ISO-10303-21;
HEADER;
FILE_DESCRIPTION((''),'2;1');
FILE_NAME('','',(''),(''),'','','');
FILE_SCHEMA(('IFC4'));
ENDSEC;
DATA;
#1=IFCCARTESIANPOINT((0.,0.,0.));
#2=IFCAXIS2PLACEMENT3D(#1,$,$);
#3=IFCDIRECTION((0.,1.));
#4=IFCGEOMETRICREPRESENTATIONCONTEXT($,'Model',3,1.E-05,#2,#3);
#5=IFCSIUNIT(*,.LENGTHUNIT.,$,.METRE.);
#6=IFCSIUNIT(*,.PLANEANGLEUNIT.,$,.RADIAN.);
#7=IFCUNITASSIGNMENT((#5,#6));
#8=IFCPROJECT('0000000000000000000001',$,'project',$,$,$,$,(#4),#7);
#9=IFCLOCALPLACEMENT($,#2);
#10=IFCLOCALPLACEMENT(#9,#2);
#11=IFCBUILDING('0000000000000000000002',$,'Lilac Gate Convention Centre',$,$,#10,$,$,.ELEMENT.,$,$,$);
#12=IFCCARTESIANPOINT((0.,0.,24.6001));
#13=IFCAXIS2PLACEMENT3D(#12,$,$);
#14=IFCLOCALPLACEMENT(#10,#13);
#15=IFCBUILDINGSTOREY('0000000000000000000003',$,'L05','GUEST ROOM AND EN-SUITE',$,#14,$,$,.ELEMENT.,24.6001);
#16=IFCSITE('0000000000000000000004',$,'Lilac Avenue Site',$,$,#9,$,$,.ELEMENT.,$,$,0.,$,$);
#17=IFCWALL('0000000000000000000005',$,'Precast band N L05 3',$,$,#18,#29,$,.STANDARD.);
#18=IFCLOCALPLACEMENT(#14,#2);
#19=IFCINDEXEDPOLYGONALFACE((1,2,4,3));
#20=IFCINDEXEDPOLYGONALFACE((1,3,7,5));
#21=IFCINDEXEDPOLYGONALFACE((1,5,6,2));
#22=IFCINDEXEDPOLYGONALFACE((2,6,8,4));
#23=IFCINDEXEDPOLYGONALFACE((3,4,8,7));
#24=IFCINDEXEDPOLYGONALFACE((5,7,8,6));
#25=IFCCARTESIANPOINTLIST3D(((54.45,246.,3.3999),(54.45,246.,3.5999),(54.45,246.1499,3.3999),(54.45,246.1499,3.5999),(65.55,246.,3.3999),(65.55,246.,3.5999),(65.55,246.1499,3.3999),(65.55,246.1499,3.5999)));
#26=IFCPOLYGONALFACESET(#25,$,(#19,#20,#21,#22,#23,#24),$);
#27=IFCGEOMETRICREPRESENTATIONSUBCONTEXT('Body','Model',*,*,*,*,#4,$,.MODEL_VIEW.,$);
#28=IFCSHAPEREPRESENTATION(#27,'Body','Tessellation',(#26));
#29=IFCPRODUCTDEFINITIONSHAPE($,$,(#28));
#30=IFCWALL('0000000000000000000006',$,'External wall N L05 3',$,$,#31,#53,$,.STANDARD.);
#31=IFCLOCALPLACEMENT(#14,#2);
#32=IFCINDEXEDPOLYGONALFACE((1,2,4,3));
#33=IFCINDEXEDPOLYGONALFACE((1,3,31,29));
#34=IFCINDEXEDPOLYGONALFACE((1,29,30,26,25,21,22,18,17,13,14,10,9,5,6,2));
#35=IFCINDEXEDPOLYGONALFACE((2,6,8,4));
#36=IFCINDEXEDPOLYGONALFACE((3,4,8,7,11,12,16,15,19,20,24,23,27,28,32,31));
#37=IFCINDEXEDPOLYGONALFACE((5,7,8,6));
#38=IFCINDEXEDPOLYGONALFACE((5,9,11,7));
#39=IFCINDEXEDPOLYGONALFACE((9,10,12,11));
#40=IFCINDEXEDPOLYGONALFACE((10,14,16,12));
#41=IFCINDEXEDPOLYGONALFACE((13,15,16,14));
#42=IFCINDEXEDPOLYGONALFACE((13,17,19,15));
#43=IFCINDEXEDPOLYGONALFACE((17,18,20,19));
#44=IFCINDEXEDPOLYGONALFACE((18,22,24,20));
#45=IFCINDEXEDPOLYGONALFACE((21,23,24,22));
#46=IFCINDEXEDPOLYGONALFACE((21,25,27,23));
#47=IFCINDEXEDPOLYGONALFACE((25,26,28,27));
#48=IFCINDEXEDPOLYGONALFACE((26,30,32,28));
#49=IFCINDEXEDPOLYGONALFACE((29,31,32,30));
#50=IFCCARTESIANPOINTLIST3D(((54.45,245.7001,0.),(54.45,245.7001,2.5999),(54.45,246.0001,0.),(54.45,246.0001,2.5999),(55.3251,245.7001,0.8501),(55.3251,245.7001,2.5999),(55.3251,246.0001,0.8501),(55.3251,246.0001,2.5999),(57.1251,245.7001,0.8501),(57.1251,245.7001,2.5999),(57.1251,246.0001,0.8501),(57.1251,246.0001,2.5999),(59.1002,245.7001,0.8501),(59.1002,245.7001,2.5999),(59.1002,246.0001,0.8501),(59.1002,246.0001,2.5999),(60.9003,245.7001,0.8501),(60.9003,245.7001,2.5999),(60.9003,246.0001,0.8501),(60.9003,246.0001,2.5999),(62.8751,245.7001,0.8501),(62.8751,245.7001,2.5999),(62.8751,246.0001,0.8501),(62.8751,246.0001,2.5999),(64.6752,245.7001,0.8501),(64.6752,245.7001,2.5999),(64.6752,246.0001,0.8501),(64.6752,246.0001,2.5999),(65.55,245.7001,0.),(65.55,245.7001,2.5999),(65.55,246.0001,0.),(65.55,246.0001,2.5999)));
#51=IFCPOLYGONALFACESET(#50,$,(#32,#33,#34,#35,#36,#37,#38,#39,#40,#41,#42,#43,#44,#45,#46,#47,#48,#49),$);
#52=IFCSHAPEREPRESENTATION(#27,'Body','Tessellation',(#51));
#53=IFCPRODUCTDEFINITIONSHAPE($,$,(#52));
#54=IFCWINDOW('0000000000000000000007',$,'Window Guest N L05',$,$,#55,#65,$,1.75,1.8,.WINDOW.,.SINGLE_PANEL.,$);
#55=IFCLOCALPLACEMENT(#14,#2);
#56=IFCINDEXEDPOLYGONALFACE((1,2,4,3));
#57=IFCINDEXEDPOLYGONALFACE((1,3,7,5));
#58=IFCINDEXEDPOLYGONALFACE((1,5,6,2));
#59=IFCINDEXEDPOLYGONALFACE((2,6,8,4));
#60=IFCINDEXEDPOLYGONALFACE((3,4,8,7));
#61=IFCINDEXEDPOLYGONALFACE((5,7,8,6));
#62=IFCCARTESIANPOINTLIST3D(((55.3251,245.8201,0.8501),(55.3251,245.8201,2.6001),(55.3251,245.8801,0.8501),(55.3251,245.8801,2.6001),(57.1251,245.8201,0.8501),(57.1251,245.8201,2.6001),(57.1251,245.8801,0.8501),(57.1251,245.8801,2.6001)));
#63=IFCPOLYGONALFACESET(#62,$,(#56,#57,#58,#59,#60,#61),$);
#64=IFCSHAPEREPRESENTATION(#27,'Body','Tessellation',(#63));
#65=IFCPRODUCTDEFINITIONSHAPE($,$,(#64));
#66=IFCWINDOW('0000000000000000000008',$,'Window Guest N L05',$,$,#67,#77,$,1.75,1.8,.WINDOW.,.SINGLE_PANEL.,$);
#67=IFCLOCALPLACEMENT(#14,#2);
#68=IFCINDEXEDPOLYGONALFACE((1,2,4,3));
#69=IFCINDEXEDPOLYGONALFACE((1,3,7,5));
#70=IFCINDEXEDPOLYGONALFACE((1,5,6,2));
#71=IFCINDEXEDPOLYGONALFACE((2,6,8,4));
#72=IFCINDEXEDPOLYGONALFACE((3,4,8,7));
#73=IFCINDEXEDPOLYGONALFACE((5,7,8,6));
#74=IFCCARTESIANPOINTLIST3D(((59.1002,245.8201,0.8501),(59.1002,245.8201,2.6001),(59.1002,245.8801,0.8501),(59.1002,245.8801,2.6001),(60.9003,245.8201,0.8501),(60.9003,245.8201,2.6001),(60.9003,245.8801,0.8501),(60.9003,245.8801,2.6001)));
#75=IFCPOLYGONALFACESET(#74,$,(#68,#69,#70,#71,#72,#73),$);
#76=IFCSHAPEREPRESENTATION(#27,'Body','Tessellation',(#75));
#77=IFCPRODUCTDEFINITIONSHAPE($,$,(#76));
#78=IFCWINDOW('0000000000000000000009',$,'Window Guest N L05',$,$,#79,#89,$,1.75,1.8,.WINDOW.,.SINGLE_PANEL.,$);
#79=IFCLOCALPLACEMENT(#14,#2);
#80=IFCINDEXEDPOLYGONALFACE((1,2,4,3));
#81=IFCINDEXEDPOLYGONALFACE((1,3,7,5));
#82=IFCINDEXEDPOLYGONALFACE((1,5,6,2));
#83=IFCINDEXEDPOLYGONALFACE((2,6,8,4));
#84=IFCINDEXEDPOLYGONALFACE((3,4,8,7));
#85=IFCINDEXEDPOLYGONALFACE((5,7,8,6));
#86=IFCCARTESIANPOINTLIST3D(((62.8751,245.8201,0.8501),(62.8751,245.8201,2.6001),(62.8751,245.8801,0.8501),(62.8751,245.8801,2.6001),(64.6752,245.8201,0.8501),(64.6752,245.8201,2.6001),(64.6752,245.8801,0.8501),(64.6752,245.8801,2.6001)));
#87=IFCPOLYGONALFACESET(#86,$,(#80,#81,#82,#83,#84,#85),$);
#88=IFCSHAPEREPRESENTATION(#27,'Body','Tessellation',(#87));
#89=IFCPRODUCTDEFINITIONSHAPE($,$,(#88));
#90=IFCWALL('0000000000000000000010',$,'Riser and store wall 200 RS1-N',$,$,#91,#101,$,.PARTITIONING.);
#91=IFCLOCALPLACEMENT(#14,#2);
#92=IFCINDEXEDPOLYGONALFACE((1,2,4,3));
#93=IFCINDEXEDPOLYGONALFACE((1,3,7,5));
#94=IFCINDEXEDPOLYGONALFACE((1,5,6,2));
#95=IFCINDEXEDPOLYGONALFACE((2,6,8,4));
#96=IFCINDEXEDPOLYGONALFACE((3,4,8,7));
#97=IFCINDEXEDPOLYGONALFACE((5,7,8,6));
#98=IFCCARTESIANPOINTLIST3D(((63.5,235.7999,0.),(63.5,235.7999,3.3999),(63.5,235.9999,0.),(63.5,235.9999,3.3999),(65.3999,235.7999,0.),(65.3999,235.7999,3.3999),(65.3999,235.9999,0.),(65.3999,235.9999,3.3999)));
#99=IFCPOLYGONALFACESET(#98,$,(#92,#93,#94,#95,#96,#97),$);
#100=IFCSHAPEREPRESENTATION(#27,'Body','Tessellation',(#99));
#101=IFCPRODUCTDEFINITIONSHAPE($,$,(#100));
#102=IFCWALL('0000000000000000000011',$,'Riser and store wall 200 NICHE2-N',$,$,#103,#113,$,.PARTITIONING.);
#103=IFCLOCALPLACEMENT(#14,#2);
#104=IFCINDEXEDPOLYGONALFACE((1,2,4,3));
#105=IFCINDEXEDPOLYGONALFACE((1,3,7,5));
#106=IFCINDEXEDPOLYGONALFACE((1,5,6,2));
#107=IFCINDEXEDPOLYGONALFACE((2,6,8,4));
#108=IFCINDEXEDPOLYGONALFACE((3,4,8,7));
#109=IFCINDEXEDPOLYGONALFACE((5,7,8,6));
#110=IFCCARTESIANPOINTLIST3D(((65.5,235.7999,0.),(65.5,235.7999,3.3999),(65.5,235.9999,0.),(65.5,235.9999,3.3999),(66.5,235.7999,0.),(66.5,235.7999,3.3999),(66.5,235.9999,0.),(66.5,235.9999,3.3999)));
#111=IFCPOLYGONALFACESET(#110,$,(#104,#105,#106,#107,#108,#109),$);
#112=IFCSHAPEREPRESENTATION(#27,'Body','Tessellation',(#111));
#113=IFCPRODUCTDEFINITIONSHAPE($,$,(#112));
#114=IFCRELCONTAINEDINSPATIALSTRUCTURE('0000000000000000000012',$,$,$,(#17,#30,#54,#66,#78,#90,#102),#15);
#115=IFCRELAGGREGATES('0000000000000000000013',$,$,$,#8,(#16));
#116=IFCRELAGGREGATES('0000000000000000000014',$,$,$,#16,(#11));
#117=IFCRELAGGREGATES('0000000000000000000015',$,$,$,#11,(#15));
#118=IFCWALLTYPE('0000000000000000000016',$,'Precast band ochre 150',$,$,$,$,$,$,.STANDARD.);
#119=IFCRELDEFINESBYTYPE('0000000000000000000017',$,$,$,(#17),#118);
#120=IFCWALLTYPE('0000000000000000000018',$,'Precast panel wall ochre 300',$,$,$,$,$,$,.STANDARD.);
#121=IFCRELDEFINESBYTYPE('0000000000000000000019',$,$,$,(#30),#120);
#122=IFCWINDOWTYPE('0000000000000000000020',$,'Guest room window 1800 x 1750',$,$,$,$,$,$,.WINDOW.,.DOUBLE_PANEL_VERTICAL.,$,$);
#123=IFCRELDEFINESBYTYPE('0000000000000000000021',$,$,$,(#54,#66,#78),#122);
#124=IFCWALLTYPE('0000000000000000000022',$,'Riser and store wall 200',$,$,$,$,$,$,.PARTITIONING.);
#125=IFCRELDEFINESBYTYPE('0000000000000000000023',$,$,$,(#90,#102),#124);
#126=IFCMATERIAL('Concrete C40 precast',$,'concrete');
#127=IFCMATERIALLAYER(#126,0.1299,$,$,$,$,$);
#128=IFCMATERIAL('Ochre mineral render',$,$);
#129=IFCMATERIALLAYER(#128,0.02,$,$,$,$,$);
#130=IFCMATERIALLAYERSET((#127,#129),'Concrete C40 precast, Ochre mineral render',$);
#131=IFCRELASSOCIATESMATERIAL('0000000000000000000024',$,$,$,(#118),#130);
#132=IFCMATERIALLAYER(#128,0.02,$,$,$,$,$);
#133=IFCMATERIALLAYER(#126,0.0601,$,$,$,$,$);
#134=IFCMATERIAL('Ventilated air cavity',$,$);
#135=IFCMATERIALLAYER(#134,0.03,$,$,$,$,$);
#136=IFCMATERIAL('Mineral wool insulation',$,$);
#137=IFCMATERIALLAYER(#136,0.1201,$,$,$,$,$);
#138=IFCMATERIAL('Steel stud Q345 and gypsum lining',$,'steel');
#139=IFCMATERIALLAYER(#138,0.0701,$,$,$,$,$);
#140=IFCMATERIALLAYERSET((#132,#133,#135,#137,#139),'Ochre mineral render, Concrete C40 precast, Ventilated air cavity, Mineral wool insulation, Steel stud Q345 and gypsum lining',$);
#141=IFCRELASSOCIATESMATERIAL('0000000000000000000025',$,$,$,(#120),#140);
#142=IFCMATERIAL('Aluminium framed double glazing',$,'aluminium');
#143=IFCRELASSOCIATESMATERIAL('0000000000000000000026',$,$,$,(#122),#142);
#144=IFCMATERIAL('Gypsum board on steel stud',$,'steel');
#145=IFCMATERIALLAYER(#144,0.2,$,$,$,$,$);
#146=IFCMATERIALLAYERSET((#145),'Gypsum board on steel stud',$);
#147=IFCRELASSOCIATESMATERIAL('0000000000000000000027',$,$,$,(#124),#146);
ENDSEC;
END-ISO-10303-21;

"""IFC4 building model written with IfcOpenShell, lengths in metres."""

from ifc_helpers import new_model, si_unit, direction, frame, frame_2d, origin, place, context, subcontext, project, spatial, rectangle, extrude, material, layer, layer_set, type_object, element, fill, save


model = new_model("IFC4")

# Units and contexts
model_context = context("Model", 3, precision=1e-05, world=origin(), true_north=direction((0.0, 1.0)))
body_context = subcontext(model_context, "Body", "Model", "MODEL_VIEW")
ifc_project = project(units=[si_unit("LENGTHUNIT", "METRE"), si_unit("PLANEANGLEUNIT", "RADIAN")], contexts=[model_context])

# Site, building, storey
site_placement = place(None, origin())
site = spatial("IfcSite", under=ifc_project, at=site_placement, Name="Lilac Avenue Site", CompositionType="ELEMENT", RefElevation=0.0)
building_placement = place(site_placement, origin())
building = spatial("IfcBuilding", under=site, at=building_placement, Name="Lilac Gate Convention Centre", CompositionType="ELEMENT")
storey_placement = place(building_placement, frame((0.0, 0.0, 24.6001)))
storey = spatial("IfcBuildingStorey", under=building, at=storey_placement, Name="L05", Description="GUEST ROOM AND EN-SUITE", CompositionType="ELEMENT", Elevation=24.6001)

# Shared definitions
ifc_material_1 = material(Name="Gypsum board on steel stud", Category="steel")

# Wall
ifc_material_2 = material(Name="Concrete C40 precast", Category="concrete")
ifc_layer_1 = layer(ifc_material_2, 0.1299)
ifc_material_3 = material(Name="Ochre mineral render")
ifc_layer_2 = layer(ifc_material_3, 0.02)
ifc_layer_set_1 = layer_set([ifc_layer_1, ifc_layer_2], Name="Concrete C40 precast, Ochre mineral render")
wall_type_1 = type_object("IfcWallType", Name="Precast band ochre 150", PredefinedType="STANDARD", material=ifc_layer_set_1)
wall_1_placement = place(storey_placement, frame((65.55, 246.075, 3.3999), z_axis=(0.0, 0.0, 1.0), x_axis=(-1.0, 0.0, 0.0)))
element("IfcWall", 1, at=wall_1_placement, inside=storey, type_object=wall_type_1, Name="Precast band N L05 3", PredefinedType="STANDARD", context=body_context, shape_type="SweptSolid", body=[
    extrude(rectangle(XDim=11.1001, YDim=0.1499, at=frame_2d((5.55, 0.0))), origin(), (0.0, 0.0, 1.0), 0.2),
])

# Wall, openings, windows
ifc_layer_3 = layer(ifc_material_3, 0.02)
ifc_layer_4 = layer(ifc_material_2, 0.0601)
ifc_material_4 = material(Name="Ventilated air cavity")
ifc_layer_5 = layer(ifc_material_4, 0.03)
ifc_material_5 = material(Name="Mineral wool insulation")
ifc_layer_6 = layer(ifc_material_5, 0.1201)
ifc_material_6 = material(Name="Steel stud Q345 and gypsum lining", Category="steel")
ifc_layer_7 = layer(ifc_material_6, 0.0701)
ifc_layer_set_2 = layer_set([ifc_layer_3, ifc_layer_4, ifc_layer_5, ifc_layer_6, ifc_layer_7], Name="Ochre mineral render, Concrete C40 precast, Ventilated air cavity, Mineral wool insulation, Steel stud Q345 and gypsum lining")
wall_type_2 = type_object("IfcWallType", Name="Precast panel wall ochre 300", PredefinedType="STANDARD", material=ifc_layer_set_2)
wall_2_placement = place(storey_placement, frame((65.55, 245.8501, 0.0), z_axis=(0.0, 0.0, 1.0), x_axis=(-1.0, 0.0, 0.0)))
wall_2 = element("IfcWall", 2, at=wall_2_placement, inside=storey, type_object=wall_type_2, Name="External wall N L05 3", PredefinedType="STANDARD", context=body_context, shape_type="SweptSolid", body=[
    extrude(rectangle(XDim=11.1001, YDim=0.3, at=frame_2d((5.55, 0.0))), origin(), (0.0, 0.0, 1.0), 2.5999),
])
opening_1_placement = place(wall_2_placement, frame((8.425, 0.0, 0.8501)))
opening_1 = element("IfcOpeningElement", 3, at=opening_1_placement, cuts=wall_2, PredefinedType="OPENING", context=body_context, shape_type="SweptSolid", body=[
    extrude(rectangle(XDim=1.8, YDim=1.75, at=frame_2d((0.8999, 0.875))), frame((0.0, 0.1599, 0.0), z_axis=(0.0, -1.0, 0.0), x_axis=(1.0, 0.0, 0.0)), (0.0, 0.0, 1.0), 0.3201),
])
opening_2_placement = place(wall_2_placement, frame((4.6499, 0.0, 0.8501)))
opening_2 = element("IfcOpeningElement", 4, at=opening_2_placement, cuts=wall_2, PredefinedType="OPENING", context=body_context, shape_type="SweptSolid", body=[
    extrude(rectangle(XDim=1.8, YDim=1.75, at=frame_2d((0.8999, 0.875))), frame((0.0, 0.1599, 0.0), z_axis=(0.0, -1.0, 0.0), x_axis=(1.0, 0.0, 0.0)), (0.0, 0.0, 1.0), 0.3201),
])
opening_3_placement = place(wall_2_placement, frame((0.875, 0.0, 0.8501)))
opening_3 = element("IfcOpeningElement", 5, at=opening_3_placement, cuts=wall_2, PredefinedType="OPENING", context=body_context, shape_type="SweptSolid", body=[
    extrude(rectangle(XDim=1.8, YDim=1.75, at=frame_2d((0.8999, 0.875))), frame((0.0, 0.1599, 0.0), z_axis=(0.0, -1.0, 0.0), x_axis=(1.0, 0.0, 0.0)), (0.0, 0.0, 1.0), 0.3201),
])
ifc_material_7 = material(Name="Aluminium framed double glazing", Category="aluminium")
window_type = type_object("IfcWindowType", Name="Guest room window 1800 x 1750", PartitioningType="DOUBLE_PANEL_VERTICAL", PredefinedType="WINDOW", material=ifc_material_7)
window_1_placement = place(opening_1_placement, origin())
window_1 = element("IfcWindow", 6, at=window_1_placement, inside=storey, type_object=window_type, Name="Window Guest N L05", OverallHeight=1.75, OverallWidth=1.8, PartitioningType="SINGLE_PANEL", PredefinedType="WINDOW", context=body_context, shape_type="SweptSolid", body=[
    extrude(rectangle(XDim=1.8, YDim=1.75, at=frame_2d((0.8999, 0.875))), frame((0.0, 0.03, 0.0), z_axis=(0.0, -1.0, 0.0), x_axis=(1.0, 0.0, 0.0)), (0.0, 0.0, 1.0), 0.0601),
])
fill(opening_1, window_1)
window_2_placement = place(opening_2_placement, origin())
window_2 = element("IfcWindow", 7, at=window_2_placement, inside=storey, type_object=window_type, Name="Window Guest N L05", OverallHeight=1.75, OverallWidth=1.8, PartitioningType="SINGLE_PANEL", PredefinedType="WINDOW", context=body_context, shape_type="SweptSolid", body=[
    extrude(rectangle(XDim=1.8, YDim=1.75, at=frame_2d((0.8999, 0.875))), frame((0.0, 0.03, 0.0), z_axis=(0.0, -1.0, 0.0), x_axis=(1.0, 0.0, 0.0)), (0.0, 0.0, 1.0), 0.0601),
])
fill(opening_2, window_2)
window_3_placement = place(opening_3_placement, origin())
window_3 = element("IfcWindow", 8, at=window_3_placement, inside=storey, type_object=window_type, Name="Window Guest N L05", OverallHeight=1.75, OverallWidth=1.8, PartitioningType="SINGLE_PANEL", PredefinedType="WINDOW", context=body_context, shape_type="SweptSolid", body=[
    extrude(rectangle(XDim=1.8, YDim=1.75, at=frame_2d((0.8999, 0.875))), frame((0.0, 0.03, 0.0), z_axis=(0.0, -1.0, 0.0), x_axis=(1.0, 0.0, 0.0)), (0.0, 0.0, 1.0), 0.0601),
])
fill(opening_3, window_3)

# Walls
ifc_layer_8 = layer(ifc_material_1, 0.2)
ifc_layer_set_3 = layer_set([ifc_layer_8], Name="Gypsum board on steel stud")
wall_type_3 = type_object("IfcWallType", Name="Riser and store wall 200", PredefinedType="PARTITIONING", material=ifc_layer_set_3)
wall_3_placement = place(storey_placement, frame((63.5, 235.8999, 0.0), z_axis=(0.0, 0.0, 1.0), x_axis=(1.0, 0.0, 0.0)))
element("IfcWall", 9, at=wall_3_placement, inside=storey, type_object=wall_type_3, Name="Riser and store wall 200 RS1-N", PredefinedType="PARTITIONING", context=body_context, shape_type="SweptSolid", body=[
    extrude(rectangle(XDim=1.8999, YDim=0.2, at=frame_2d((0.95, 0.0))), origin(), (0.0, 0.0, 1.0), 3.3999),
])
wall_4_placement = place(storey_placement, frame((65.5, 235.8999, 0.0), z_axis=(0.0, 0.0, 1.0), x_axis=(1.0, 0.0, 0.0)))
element("IfcWall", 10, at=wall_4_placement, inside=storey, type_object=wall_type_3, Name="Riser and store wall 200 NICHE2-N", PredefinedType="PARTITIONING", context=body_context, shape_type="SweptSolid", body=[
    extrude(rectangle(XDim=1.0, YDim=0.2, at=frame_2d((0.5, 0.0))), origin(), (0.0, 0.0, 1.0), 3.3999),
])

save(model, "model.ifc")
